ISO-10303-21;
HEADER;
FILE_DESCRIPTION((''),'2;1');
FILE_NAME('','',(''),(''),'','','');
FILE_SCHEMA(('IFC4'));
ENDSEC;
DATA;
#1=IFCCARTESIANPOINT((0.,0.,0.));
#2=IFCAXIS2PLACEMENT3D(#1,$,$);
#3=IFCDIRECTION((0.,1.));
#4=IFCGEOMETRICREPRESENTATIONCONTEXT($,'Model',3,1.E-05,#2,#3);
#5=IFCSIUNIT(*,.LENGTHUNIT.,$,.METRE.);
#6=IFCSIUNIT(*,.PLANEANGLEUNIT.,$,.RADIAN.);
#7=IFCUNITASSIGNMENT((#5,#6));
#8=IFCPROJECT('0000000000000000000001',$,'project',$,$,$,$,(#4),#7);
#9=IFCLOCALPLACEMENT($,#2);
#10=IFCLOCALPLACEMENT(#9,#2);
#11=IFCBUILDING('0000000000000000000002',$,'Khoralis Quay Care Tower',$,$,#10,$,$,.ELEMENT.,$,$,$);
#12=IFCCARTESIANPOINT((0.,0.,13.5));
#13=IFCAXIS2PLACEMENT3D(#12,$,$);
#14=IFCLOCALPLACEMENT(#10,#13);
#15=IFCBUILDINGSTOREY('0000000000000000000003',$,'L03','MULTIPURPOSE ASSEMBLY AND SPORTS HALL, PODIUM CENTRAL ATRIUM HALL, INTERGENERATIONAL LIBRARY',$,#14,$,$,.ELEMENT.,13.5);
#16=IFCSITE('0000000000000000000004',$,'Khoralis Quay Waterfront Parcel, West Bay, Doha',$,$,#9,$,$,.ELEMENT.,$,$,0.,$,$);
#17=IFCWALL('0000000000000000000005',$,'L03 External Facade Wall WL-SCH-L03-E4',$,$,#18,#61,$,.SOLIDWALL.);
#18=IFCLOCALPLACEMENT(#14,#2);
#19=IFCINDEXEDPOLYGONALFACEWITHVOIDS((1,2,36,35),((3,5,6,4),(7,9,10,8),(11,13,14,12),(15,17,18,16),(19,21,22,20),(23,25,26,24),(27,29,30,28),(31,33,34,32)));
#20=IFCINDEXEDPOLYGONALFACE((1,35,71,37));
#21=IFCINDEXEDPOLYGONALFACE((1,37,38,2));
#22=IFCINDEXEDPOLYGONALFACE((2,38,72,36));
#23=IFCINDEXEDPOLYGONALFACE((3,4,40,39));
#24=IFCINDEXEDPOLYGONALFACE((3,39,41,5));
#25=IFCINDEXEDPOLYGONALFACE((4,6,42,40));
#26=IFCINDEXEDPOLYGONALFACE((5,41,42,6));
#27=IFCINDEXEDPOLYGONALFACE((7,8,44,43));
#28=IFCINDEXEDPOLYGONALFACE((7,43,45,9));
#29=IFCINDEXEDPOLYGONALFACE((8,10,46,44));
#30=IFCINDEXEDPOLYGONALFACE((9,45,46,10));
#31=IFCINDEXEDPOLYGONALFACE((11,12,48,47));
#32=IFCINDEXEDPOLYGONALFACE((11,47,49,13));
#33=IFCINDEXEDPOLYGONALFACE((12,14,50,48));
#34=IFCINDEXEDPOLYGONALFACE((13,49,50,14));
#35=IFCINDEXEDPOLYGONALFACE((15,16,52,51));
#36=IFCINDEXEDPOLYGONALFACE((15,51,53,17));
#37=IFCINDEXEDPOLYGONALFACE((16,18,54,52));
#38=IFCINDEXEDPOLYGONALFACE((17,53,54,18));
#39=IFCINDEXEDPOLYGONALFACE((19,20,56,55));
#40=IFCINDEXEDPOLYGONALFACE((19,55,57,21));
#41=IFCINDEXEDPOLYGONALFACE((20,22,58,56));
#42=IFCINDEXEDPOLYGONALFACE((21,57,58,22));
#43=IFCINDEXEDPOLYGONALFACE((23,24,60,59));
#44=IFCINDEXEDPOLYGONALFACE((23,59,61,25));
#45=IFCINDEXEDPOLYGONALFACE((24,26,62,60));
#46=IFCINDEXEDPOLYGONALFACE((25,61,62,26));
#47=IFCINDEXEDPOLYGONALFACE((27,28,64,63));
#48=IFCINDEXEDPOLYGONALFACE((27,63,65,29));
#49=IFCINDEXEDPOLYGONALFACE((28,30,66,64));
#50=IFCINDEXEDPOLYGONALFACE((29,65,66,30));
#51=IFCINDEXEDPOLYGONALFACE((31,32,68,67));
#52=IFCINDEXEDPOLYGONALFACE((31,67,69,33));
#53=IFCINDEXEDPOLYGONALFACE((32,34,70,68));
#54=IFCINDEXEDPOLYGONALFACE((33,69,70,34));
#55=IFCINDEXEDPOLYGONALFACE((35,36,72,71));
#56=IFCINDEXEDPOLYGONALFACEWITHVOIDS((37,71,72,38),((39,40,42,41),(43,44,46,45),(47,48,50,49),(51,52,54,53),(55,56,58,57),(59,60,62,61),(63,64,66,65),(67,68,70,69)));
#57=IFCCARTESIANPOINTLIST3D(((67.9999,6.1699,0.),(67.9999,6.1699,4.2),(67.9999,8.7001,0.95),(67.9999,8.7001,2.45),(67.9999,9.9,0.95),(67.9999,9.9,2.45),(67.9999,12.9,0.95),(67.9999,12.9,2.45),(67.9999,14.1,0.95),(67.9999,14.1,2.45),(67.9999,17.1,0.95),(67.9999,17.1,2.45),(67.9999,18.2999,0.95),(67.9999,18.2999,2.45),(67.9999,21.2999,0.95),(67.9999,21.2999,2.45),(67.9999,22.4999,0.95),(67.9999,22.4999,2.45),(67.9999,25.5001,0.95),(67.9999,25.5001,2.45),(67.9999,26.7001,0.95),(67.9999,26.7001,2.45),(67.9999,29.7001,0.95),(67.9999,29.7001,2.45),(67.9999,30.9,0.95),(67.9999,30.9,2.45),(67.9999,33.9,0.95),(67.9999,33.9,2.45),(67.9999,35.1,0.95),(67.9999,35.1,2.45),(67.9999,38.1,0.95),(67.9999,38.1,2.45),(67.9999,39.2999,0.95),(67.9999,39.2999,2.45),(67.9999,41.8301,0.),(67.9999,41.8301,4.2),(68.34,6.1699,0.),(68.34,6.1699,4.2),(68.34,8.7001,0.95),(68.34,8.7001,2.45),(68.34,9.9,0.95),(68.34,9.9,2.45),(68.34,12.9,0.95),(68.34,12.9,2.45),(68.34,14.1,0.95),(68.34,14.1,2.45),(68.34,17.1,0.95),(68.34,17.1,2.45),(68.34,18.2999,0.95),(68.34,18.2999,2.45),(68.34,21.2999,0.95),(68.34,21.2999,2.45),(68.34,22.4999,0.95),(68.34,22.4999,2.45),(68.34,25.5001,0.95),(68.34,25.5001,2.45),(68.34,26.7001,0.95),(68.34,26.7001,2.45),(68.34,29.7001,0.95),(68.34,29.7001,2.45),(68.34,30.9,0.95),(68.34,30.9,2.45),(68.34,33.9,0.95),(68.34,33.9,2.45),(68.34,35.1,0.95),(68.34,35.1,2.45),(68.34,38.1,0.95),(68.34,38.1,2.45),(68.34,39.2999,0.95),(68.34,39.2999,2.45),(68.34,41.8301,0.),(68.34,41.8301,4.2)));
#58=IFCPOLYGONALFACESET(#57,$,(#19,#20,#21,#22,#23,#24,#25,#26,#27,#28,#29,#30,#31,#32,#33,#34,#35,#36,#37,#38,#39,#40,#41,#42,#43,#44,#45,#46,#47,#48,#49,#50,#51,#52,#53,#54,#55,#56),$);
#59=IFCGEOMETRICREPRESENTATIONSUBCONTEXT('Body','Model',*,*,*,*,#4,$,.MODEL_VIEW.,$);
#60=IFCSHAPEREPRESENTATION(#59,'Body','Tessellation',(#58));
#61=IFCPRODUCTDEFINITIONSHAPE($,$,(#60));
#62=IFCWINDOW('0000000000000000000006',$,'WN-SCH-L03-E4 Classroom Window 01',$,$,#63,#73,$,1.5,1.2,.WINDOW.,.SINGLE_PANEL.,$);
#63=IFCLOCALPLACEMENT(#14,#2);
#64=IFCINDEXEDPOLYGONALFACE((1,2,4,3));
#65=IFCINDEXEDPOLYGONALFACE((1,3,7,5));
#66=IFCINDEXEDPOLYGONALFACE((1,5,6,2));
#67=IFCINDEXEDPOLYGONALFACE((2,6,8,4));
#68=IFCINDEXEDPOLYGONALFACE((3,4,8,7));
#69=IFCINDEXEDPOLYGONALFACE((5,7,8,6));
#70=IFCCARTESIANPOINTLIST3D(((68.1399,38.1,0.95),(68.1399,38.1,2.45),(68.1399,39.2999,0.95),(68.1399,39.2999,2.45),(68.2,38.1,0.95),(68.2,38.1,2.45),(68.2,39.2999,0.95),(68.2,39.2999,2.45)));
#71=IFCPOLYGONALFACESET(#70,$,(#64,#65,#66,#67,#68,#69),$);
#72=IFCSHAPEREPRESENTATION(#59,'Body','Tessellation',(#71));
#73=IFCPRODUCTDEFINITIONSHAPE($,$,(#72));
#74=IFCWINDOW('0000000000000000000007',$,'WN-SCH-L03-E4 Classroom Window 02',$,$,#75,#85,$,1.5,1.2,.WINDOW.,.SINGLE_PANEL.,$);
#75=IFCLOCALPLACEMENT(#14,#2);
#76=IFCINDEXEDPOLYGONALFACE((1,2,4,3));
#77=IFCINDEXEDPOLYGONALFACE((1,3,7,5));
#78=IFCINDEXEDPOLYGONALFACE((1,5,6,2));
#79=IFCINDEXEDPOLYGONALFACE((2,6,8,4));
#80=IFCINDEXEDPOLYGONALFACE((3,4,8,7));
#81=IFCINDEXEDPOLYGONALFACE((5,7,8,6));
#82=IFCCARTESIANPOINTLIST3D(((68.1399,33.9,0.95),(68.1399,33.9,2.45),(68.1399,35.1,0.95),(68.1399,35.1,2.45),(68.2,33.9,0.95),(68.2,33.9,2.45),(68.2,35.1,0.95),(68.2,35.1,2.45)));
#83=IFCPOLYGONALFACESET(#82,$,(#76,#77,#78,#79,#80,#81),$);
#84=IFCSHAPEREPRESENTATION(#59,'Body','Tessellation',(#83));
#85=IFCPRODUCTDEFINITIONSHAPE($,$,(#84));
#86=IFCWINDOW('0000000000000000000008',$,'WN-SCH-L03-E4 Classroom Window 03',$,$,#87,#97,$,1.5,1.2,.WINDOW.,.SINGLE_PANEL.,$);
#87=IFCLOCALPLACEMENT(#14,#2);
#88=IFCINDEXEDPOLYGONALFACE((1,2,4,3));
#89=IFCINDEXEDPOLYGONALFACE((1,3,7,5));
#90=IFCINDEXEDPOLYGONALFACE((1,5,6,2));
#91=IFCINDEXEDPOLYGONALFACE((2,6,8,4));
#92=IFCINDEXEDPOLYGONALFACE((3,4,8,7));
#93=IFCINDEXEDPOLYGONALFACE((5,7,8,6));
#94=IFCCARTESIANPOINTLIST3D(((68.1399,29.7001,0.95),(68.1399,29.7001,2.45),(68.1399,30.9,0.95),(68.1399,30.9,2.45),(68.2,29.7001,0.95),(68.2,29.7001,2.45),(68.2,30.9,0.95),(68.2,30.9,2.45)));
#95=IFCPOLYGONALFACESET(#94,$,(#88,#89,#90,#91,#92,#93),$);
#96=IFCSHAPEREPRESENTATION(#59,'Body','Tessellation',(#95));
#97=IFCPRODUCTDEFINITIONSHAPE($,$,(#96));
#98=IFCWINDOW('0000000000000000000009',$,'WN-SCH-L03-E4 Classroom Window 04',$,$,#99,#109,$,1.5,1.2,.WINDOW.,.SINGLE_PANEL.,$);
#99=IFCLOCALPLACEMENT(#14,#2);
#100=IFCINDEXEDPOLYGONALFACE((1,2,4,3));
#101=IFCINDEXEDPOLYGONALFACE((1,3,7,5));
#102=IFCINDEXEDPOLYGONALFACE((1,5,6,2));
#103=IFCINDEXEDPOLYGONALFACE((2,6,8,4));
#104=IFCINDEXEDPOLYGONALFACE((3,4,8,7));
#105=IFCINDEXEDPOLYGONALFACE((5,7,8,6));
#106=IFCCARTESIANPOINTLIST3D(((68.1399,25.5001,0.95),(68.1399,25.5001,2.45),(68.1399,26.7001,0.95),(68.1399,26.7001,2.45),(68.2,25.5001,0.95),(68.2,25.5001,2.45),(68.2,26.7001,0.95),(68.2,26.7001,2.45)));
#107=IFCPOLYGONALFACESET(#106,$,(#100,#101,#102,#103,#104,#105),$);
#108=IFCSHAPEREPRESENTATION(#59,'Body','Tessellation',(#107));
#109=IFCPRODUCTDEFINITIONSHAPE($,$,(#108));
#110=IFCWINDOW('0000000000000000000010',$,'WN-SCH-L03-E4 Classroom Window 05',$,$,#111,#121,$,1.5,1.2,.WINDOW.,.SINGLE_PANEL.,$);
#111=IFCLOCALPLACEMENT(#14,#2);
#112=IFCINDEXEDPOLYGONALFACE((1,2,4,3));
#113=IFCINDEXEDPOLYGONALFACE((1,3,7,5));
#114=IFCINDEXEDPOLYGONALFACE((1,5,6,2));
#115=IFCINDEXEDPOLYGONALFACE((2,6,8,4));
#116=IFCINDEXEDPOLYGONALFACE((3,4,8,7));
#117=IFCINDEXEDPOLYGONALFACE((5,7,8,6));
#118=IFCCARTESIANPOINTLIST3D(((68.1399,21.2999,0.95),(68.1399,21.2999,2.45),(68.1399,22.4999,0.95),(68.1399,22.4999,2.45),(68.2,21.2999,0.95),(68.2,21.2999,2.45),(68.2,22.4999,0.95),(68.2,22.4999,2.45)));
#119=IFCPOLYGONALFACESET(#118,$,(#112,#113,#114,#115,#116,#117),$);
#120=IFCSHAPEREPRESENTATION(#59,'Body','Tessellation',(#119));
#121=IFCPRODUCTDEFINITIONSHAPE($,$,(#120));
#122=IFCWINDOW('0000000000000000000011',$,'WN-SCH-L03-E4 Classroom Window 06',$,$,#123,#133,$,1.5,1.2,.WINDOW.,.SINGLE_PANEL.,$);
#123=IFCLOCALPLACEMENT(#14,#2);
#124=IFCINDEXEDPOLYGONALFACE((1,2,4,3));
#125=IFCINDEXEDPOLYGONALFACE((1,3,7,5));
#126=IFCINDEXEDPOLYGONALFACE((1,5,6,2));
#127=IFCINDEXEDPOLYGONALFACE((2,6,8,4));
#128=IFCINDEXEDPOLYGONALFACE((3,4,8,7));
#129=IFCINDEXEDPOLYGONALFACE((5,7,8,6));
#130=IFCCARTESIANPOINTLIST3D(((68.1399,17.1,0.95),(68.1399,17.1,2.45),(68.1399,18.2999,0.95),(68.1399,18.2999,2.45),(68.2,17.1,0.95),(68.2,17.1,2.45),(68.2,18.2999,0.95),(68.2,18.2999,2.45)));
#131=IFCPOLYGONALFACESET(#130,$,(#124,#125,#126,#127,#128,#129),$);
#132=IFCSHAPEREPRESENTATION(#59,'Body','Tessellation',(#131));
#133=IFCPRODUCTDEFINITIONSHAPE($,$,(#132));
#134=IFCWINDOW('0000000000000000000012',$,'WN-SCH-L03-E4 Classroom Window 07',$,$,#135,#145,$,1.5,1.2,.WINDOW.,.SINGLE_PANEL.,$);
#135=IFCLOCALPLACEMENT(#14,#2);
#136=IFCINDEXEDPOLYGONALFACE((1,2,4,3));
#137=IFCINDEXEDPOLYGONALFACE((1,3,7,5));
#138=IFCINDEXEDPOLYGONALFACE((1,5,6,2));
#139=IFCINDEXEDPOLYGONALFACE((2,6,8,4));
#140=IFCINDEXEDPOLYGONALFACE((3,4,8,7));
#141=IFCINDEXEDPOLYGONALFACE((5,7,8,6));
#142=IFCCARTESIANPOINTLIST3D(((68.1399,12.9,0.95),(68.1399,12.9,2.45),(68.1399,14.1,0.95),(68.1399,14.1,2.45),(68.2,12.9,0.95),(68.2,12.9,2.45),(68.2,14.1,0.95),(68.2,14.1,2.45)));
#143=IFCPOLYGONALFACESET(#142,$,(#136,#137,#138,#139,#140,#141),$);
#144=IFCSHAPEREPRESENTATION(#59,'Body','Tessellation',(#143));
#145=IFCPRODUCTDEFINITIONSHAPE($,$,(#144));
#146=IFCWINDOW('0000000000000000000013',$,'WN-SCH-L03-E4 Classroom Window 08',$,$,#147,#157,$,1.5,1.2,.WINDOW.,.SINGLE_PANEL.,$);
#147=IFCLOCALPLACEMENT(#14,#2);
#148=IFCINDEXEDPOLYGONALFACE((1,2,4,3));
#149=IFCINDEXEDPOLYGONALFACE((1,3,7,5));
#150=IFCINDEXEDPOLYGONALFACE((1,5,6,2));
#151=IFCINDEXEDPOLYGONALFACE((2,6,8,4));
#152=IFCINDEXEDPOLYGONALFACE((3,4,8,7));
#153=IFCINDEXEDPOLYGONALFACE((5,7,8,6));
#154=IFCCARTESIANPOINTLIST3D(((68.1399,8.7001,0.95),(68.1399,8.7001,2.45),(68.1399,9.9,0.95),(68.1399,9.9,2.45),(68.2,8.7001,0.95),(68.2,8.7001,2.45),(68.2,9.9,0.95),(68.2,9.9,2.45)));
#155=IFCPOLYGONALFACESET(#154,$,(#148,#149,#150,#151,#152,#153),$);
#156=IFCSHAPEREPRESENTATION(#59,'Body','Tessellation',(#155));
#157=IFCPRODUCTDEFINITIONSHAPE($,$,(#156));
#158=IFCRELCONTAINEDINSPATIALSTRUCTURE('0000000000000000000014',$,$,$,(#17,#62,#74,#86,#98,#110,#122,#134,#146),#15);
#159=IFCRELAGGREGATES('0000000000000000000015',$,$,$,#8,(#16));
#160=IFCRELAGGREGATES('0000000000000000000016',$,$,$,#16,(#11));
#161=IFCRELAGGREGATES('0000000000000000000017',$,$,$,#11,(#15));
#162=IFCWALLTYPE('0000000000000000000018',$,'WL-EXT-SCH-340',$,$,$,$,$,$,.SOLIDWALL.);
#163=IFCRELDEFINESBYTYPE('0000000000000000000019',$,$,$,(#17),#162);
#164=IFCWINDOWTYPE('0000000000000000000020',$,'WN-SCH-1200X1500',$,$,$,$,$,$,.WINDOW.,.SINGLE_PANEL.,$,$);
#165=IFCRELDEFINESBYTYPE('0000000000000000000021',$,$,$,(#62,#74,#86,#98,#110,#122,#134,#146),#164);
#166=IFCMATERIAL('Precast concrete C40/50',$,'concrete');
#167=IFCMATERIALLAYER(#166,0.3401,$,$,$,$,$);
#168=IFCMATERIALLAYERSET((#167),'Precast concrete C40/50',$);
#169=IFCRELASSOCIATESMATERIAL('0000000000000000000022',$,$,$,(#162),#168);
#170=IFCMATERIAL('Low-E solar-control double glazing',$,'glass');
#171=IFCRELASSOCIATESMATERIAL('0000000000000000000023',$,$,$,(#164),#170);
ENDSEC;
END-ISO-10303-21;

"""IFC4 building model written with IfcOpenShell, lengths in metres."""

from ifc_helpers import new_model, si_unit, direction, frame, frame_2d, origin, place, context, subcontext, project, spatial, rectangle, extrude, source, transform, mapped, material, layer, layer_set, type_object, element, fill, save


model = new_model("IFC4")

# Units and contexts
model_context = context("Model", 3, precision=1e-05, world=origin(), true_north=direction((0.0, 1.0)))
body_context = subcontext(model_context, "Body", "Model", "MODEL_VIEW")
ifc_project = project(units=[si_unit("LENGTHUNIT", "METRE"), si_unit("PLANEANGLEUNIT", "RADIAN")], contexts=[model_context])

# Site, building, storey
site_placement = place(None, origin())
site = spatial("IfcSite", under=ifc_project, at=site_placement, Name="Khoralis Quay Waterfront Parcel, West Bay, Doha", CompositionType="ELEMENT", RefElevation=0.0)
building_placement = place(site_placement, origin())
building = spatial("IfcBuilding", under=site, at=building_placement, Name="Khoralis Quay Care Tower", CompositionType="ELEMENT")
storey_placement = place(building_placement, frame((0.0, 0.0, 13.5)))
storey = spatial("IfcBuildingStorey", under=building, at=storey_placement, Name="L03", Description="MULTIPURPOSE ASSEMBLY AND SPORTS HALL, PODIUM CENTRAL ATRIUM HALL, INTERGENERATIONAL LIBRARY", CompositionType="ELEMENT", Elevation=13.5)

# Wall, openings, windows
ifc_material_1 = material(Name="Low-E solar-control double glazing", Category="glass")
ifc_material_2 = material(Name="Precast concrete C40/50", Category="concrete")
ifc_layer_1 = layer(ifc_material_2, 0.3401)
ifc_layer_set_1 = layer_set([ifc_layer_1], Name="Precast concrete C40/50")
wall_type_1 = type_object("IfcWallType", Name="WL-EXT-SCH-340", PredefinedType="SOLIDWALL", material=ifc_layer_set_1)
wall_1_placement = place(storey_placement, frame((68.1699, 41.8301, 0.0), z_axis=(0.0, 0.0, 1.0), x_axis=(0.0, -1.0, 0.0)))
wall_1 = element("IfcWall", 1, at=wall_1_placement, inside=storey, type_object=wall_type_1, Name="L03 External Facade Wall WL-SCH-L03-E4", PredefinedType="SOLIDWALL", context=body_context, shape_type="SweptSolid", body=[
    extrude(rectangle(XDim=35.6602, YDim=0.3401, at=frame_2d((17.8301, 0.0))), origin(), (0.0, 0.0, 1.0), 4.2),
])
opening_1_placement = place(wall_1_placement, frame((2.53, 0.0, 0.95)))
opening_1 = element("IfcOpeningElement", 2, at=opening_1_placement, cuts=wall_1, PredefinedType="OPENING", context=body_context, shape_type="SweptSolid", body=[
    extrude(rectangle(XDim=1.2, YDim=1.5, at=frame_2d((0.6001, 0.75))), frame((0.0, 0.1802, 0.0), z_axis=(0.0, -1.0, 0.0), x_axis=(1.0, 0.0, 0.0)), (0.0, 0.0, 1.0), 0.3601),
])
opening_2_placement = place(wall_1_placement, frame((6.73, 0.0, 0.95)))
opening_2 = element("IfcOpeningElement", 3, at=opening_2_placement, cuts=wall_1, PredefinedType="OPENING", context=body_context, shape_type="SweptSolid", body=[
    extrude(rectangle(XDim=1.2, YDim=1.5, at=frame_2d((0.6001, 0.75))), frame((0.0, 0.1802, 0.0), z_axis=(0.0, -1.0, 0.0), x_axis=(1.0, 0.0, 0.0)), (0.0, 0.0, 1.0), 0.3601),
])
opening_3_placement = place(wall_1_placement, frame((10.9299, 0.0, 0.95)))
opening_3 = element("IfcOpeningElement", 4, at=opening_3_placement, cuts=wall_1, PredefinedType="OPENING", context=body_context, shape_type="SweptSolid", body=[
    extrude(rectangle(XDim=1.2, YDim=1.5, at=frame_2d((0.6001, 0.75))), frame((0.0, 0.1802, 0.0), z_axis=(0.0, -1.0, 0.0), x_axis=(1.0, 0.0, 0.0)), (0.0, 0.0, 1.0), 0.3601),
])
opening_4_placement = place(wall_1_placement, frame((15.1299, 0.0, 0.95)))
opening_4 = element("IfcOpeningElement", 5, at=opening_4_placement, cuts=wall_1, PredefinedType="OPENING", context=body_context, shape_type="SweptSolid", body=[
    extrude(rectangle(XDim=1.2, YDim=1.5, at=frame_2d((0.6001, 0.75))), frame((0.0, 0.1802, 0.0), z_axis=(0.0, -1.0, 0.0), x_axis=(1.0, 0.0, 0.0)), (0.0, 0.0, 1.0), 0.3601),
])
opening_5_placement = place(wall_1_placement, frame((19.3301, 0.0, 0.95)))
opening_5 = element("IfcOpeningElement", 6, at=opening_5_placement, cuts=wall_1, PredefinedType="OPENING", context=body_context, shape_type="SweptSolid", body=[
    extrude(rectangle(XDim=1.2, YDim=1.5, at=frame_2d((0.6001, 0.75))), frame((0.0, 0.1802, 0.0), z_axis=(0.0, -1.0, 0.0), x_axis=(1.0, 0.0, 0.0)), (0.0, 0.0, 1.0), 0.3601),
])
opening_6_placement = place(wall_1_placement, frame((23.53, 0.0, 0.95)))
opening_6 = element("IfcOpeningElement", 7, at=opening_6_placement, cuts=wall_1, PredefinedType="OPENING", context=body_context, shape_type="SweptSolid", body=[
    extrude(rectangle(XDim=1.2, YDim=1.5, at=frame_2d((0.6001, 0.75))), frame((0.0, 0.1802, 0.0), z_axis=(0.0, -1.0, 0.0), x_axis=(1.0, 0.0, 0.0)), (0.0, 0.0, 1.0), 0.3601),
])
opening_7_placement = place(wall_1_placement, frame((27.73, 0.0, 0.95)))
opening_7 = element("IfcOpeningElement", 8, at=opening_7_placement, cuts=wall_1, PredefinedType="OPENING", context=body_context, shape_type="SweptSolid", body=[
    extrude(rectangle(XDim=1.2, YDim=1.5, at=frame_2d((0.6001, 0.75))), frame((0.0, 0.1802, 0.0), z_axis=(0.0, -1.0, 0.0), x_axis=(1.0, 0.0, 0.0)), (0.0, 0.0, 1.0), 0.3601),
])
opening_8_placement = place(wall_1_placement, frame((31.9299, 0.0, 0.95)))
opening_8 = element("IfcOpeningElement", 9, at=opening_8_placement, cuts=wall_1, PredefinedType="OPENING", context=body_context, shape_type="SweptSolid", body=[
    extrude(rectangle(XDim=1.2, YDim=1.5, at=frame_2d((0.6001, 0.75))), frame((0.0, 0.1802, 0.0), z_axis=(0.0, -1.0, 0.0), x_axis=(1.0, 0.0, 0.0)), (0.0, 0.0, 1.0), 0.3601),
])
window_type_1 = type_object("IfcWindowType", Name="WN-SCH-1200X1500", PartitioningType="SINGLE_PANEL", PredefinedType="WINDOW", material=ifc_material_1)
shared_shape_1 = source(origin(), body_context, "Body", "SweptSolid", [
    extrude(rectangle(XDim=1.2, YDim=1.5, at=frame_2d((0.6001, 0.75))), frame((0.0, 0.03, 0.0), z_axis=(0.0, -1.0, 0.0), x_axis=(1.0, 0.0, 0.0)), (0.0, 0.0, 1.0), 0.0601),
])
window_1_placement = place(opening_1_placement, origin())
window_1 = element("IfcWindow", 10, at=window_1_placement, inside=storey, type_object=window_type_1, Name="WN-SCH-L03-E4 Classroom Window 01", OverallHeight=1.5, OverallWidth=1.2, PartitioningType="SINGLE_PANEL", PredefinedType="WINDOW", context=body_context, shape_type="MappedRepresentation", body=[
    mapped(shared_shape_1, transform((0.0, 0.0, 0.0), scale=1.0)),
])
fill(opening_1, window_1)
window_2_placement = place(opening_2_placement, origin())
window_2 = element("IfcWindow", 11, at=window_2_placement, inside=storey, type_object=window_type_1, Name="WN-SCH-L03-E4 Classroom Window 02", OverallHeight=1.5, OverallWidth=1.2, PartitioningType="SINGLE_PANEL", PredefinedType="WINDOW", context=body_context, shape_type="MappedRepresentation", body=[
    mapped(shared_shape_1, transform((0.0, 0.0, 0.0), scale=1.0)),
])
fill(opening_2, window_2)
window_3_placement = place(opening_3_placement, origin())
window_3 = element("IfcWindow", 12, at=window_3_placement, inside=storey, type_object=window_type_1, Name="WN-SCH-L03-E4 Classroom Window 03", OverallHeight=1.5, OverallWidth=1.2, PartitioningType="SINGLE_PANEL", PredefinedType="WINDOW", context=body_context, shape_type="MappedRepresentation", body=[
    mapped(shared_shape_1, transform((0.0, 0.0, 0.0), scale=1.0)),
])
fill(opening_3, window_3)
window_4_placement = place(opening_4_placement, origin())
window_4 = element("IfcWindow", 13, at=window_4_placement, inside=storey, type_object=window_type_1, Name="WN-SCH-L03-E4 Classroom Window 04", OverallHeight=1.5, OverallWidth=1.2, PartitioningType="SINGLE_PANEL", PredefinedType="WINDOW", context=body_context, shape_type="MappedRepresentation", body=[
    mapped(shared_shape_1, transform((0.0, 0.0, 0.0), scale=1.0)),
])
fill(opening_4, window_4)
window_5_placement = place(opening_5_placement, origin())
window_5 = element("IfcWindow", 14, at=window_5_placement, inside=storey, type_object=window_type_1, Name="WN-SCH-L03-E4 Classroom Window 05", OverallHeight=1.5, OverallWidth=1.2, PartitioningType="SINGLE_PANEL", PredefinedType="WINDOW", context=body_context, shape_type="MappedRepresentation", body=[
    mapped(shared_shape_1, transform((0.0, 0.0, 0.0), scale=1.0)),
])
fill(opening_5, window_5)
window_6_placement = place(opening_6_placement, origin())
window_6 = element("IfcWindow", 15, at=window_6_placement, inside=storey, type_object=window_type_1, Name="WN-SCH-L03-E4 Classroom Window 06", OverallHeight=1.5, OverallWidth=1.2, PartitioningType="SINGLE_PANEL", PredefinedType="WINDOW", context=body_context, shape_type="MappedRepresentation", body=[
    mapped(shared_shape_1, transform((0.0, 0.0, 0.0), scale=1.0)),
])
fill(opening_6, window_6)
window_7_placement = place(opening_7_placement, origin())
window_7 = element("IfcWindow", 16, at=window_7_placement, inside=storey, type_object=window_type_1, Name="WN-SCH-L03-E4 Classroom Window 07", OverallHeight=1.5, OverallWidth=1.2, PartitioningType="SINGLE_PANEL", PredefinedType="WINDOW", context=body_context, shape_type="MappedRepresentation", body=[
    mapped(shared_shape_1, transform((0.0, 0.0, 0.0), scale=1.0)),
])
fill(opening_7, window_7)
window_8_placement = place(opening_8_placement, origin())
window_8 = element("IfcWindow", 17, at=window_8_placement, inside=storey, type_object=window_type_1, Name="WN-SCH-L03-E4 Classroom Window 08", OverallHeight=1.5, OverallWidth=1.2, PartitioningType="SINGLE_PANEL", PredefinedType="WINDOW", context=body_context, shape_type="MappedRepresentation", body=[
    mapped(shared_shape_1, transform((0.0, 0.0, 0.0), scale=1.0)),
])
fill(opening_8, window_8)

save(model, "model.ifc")
